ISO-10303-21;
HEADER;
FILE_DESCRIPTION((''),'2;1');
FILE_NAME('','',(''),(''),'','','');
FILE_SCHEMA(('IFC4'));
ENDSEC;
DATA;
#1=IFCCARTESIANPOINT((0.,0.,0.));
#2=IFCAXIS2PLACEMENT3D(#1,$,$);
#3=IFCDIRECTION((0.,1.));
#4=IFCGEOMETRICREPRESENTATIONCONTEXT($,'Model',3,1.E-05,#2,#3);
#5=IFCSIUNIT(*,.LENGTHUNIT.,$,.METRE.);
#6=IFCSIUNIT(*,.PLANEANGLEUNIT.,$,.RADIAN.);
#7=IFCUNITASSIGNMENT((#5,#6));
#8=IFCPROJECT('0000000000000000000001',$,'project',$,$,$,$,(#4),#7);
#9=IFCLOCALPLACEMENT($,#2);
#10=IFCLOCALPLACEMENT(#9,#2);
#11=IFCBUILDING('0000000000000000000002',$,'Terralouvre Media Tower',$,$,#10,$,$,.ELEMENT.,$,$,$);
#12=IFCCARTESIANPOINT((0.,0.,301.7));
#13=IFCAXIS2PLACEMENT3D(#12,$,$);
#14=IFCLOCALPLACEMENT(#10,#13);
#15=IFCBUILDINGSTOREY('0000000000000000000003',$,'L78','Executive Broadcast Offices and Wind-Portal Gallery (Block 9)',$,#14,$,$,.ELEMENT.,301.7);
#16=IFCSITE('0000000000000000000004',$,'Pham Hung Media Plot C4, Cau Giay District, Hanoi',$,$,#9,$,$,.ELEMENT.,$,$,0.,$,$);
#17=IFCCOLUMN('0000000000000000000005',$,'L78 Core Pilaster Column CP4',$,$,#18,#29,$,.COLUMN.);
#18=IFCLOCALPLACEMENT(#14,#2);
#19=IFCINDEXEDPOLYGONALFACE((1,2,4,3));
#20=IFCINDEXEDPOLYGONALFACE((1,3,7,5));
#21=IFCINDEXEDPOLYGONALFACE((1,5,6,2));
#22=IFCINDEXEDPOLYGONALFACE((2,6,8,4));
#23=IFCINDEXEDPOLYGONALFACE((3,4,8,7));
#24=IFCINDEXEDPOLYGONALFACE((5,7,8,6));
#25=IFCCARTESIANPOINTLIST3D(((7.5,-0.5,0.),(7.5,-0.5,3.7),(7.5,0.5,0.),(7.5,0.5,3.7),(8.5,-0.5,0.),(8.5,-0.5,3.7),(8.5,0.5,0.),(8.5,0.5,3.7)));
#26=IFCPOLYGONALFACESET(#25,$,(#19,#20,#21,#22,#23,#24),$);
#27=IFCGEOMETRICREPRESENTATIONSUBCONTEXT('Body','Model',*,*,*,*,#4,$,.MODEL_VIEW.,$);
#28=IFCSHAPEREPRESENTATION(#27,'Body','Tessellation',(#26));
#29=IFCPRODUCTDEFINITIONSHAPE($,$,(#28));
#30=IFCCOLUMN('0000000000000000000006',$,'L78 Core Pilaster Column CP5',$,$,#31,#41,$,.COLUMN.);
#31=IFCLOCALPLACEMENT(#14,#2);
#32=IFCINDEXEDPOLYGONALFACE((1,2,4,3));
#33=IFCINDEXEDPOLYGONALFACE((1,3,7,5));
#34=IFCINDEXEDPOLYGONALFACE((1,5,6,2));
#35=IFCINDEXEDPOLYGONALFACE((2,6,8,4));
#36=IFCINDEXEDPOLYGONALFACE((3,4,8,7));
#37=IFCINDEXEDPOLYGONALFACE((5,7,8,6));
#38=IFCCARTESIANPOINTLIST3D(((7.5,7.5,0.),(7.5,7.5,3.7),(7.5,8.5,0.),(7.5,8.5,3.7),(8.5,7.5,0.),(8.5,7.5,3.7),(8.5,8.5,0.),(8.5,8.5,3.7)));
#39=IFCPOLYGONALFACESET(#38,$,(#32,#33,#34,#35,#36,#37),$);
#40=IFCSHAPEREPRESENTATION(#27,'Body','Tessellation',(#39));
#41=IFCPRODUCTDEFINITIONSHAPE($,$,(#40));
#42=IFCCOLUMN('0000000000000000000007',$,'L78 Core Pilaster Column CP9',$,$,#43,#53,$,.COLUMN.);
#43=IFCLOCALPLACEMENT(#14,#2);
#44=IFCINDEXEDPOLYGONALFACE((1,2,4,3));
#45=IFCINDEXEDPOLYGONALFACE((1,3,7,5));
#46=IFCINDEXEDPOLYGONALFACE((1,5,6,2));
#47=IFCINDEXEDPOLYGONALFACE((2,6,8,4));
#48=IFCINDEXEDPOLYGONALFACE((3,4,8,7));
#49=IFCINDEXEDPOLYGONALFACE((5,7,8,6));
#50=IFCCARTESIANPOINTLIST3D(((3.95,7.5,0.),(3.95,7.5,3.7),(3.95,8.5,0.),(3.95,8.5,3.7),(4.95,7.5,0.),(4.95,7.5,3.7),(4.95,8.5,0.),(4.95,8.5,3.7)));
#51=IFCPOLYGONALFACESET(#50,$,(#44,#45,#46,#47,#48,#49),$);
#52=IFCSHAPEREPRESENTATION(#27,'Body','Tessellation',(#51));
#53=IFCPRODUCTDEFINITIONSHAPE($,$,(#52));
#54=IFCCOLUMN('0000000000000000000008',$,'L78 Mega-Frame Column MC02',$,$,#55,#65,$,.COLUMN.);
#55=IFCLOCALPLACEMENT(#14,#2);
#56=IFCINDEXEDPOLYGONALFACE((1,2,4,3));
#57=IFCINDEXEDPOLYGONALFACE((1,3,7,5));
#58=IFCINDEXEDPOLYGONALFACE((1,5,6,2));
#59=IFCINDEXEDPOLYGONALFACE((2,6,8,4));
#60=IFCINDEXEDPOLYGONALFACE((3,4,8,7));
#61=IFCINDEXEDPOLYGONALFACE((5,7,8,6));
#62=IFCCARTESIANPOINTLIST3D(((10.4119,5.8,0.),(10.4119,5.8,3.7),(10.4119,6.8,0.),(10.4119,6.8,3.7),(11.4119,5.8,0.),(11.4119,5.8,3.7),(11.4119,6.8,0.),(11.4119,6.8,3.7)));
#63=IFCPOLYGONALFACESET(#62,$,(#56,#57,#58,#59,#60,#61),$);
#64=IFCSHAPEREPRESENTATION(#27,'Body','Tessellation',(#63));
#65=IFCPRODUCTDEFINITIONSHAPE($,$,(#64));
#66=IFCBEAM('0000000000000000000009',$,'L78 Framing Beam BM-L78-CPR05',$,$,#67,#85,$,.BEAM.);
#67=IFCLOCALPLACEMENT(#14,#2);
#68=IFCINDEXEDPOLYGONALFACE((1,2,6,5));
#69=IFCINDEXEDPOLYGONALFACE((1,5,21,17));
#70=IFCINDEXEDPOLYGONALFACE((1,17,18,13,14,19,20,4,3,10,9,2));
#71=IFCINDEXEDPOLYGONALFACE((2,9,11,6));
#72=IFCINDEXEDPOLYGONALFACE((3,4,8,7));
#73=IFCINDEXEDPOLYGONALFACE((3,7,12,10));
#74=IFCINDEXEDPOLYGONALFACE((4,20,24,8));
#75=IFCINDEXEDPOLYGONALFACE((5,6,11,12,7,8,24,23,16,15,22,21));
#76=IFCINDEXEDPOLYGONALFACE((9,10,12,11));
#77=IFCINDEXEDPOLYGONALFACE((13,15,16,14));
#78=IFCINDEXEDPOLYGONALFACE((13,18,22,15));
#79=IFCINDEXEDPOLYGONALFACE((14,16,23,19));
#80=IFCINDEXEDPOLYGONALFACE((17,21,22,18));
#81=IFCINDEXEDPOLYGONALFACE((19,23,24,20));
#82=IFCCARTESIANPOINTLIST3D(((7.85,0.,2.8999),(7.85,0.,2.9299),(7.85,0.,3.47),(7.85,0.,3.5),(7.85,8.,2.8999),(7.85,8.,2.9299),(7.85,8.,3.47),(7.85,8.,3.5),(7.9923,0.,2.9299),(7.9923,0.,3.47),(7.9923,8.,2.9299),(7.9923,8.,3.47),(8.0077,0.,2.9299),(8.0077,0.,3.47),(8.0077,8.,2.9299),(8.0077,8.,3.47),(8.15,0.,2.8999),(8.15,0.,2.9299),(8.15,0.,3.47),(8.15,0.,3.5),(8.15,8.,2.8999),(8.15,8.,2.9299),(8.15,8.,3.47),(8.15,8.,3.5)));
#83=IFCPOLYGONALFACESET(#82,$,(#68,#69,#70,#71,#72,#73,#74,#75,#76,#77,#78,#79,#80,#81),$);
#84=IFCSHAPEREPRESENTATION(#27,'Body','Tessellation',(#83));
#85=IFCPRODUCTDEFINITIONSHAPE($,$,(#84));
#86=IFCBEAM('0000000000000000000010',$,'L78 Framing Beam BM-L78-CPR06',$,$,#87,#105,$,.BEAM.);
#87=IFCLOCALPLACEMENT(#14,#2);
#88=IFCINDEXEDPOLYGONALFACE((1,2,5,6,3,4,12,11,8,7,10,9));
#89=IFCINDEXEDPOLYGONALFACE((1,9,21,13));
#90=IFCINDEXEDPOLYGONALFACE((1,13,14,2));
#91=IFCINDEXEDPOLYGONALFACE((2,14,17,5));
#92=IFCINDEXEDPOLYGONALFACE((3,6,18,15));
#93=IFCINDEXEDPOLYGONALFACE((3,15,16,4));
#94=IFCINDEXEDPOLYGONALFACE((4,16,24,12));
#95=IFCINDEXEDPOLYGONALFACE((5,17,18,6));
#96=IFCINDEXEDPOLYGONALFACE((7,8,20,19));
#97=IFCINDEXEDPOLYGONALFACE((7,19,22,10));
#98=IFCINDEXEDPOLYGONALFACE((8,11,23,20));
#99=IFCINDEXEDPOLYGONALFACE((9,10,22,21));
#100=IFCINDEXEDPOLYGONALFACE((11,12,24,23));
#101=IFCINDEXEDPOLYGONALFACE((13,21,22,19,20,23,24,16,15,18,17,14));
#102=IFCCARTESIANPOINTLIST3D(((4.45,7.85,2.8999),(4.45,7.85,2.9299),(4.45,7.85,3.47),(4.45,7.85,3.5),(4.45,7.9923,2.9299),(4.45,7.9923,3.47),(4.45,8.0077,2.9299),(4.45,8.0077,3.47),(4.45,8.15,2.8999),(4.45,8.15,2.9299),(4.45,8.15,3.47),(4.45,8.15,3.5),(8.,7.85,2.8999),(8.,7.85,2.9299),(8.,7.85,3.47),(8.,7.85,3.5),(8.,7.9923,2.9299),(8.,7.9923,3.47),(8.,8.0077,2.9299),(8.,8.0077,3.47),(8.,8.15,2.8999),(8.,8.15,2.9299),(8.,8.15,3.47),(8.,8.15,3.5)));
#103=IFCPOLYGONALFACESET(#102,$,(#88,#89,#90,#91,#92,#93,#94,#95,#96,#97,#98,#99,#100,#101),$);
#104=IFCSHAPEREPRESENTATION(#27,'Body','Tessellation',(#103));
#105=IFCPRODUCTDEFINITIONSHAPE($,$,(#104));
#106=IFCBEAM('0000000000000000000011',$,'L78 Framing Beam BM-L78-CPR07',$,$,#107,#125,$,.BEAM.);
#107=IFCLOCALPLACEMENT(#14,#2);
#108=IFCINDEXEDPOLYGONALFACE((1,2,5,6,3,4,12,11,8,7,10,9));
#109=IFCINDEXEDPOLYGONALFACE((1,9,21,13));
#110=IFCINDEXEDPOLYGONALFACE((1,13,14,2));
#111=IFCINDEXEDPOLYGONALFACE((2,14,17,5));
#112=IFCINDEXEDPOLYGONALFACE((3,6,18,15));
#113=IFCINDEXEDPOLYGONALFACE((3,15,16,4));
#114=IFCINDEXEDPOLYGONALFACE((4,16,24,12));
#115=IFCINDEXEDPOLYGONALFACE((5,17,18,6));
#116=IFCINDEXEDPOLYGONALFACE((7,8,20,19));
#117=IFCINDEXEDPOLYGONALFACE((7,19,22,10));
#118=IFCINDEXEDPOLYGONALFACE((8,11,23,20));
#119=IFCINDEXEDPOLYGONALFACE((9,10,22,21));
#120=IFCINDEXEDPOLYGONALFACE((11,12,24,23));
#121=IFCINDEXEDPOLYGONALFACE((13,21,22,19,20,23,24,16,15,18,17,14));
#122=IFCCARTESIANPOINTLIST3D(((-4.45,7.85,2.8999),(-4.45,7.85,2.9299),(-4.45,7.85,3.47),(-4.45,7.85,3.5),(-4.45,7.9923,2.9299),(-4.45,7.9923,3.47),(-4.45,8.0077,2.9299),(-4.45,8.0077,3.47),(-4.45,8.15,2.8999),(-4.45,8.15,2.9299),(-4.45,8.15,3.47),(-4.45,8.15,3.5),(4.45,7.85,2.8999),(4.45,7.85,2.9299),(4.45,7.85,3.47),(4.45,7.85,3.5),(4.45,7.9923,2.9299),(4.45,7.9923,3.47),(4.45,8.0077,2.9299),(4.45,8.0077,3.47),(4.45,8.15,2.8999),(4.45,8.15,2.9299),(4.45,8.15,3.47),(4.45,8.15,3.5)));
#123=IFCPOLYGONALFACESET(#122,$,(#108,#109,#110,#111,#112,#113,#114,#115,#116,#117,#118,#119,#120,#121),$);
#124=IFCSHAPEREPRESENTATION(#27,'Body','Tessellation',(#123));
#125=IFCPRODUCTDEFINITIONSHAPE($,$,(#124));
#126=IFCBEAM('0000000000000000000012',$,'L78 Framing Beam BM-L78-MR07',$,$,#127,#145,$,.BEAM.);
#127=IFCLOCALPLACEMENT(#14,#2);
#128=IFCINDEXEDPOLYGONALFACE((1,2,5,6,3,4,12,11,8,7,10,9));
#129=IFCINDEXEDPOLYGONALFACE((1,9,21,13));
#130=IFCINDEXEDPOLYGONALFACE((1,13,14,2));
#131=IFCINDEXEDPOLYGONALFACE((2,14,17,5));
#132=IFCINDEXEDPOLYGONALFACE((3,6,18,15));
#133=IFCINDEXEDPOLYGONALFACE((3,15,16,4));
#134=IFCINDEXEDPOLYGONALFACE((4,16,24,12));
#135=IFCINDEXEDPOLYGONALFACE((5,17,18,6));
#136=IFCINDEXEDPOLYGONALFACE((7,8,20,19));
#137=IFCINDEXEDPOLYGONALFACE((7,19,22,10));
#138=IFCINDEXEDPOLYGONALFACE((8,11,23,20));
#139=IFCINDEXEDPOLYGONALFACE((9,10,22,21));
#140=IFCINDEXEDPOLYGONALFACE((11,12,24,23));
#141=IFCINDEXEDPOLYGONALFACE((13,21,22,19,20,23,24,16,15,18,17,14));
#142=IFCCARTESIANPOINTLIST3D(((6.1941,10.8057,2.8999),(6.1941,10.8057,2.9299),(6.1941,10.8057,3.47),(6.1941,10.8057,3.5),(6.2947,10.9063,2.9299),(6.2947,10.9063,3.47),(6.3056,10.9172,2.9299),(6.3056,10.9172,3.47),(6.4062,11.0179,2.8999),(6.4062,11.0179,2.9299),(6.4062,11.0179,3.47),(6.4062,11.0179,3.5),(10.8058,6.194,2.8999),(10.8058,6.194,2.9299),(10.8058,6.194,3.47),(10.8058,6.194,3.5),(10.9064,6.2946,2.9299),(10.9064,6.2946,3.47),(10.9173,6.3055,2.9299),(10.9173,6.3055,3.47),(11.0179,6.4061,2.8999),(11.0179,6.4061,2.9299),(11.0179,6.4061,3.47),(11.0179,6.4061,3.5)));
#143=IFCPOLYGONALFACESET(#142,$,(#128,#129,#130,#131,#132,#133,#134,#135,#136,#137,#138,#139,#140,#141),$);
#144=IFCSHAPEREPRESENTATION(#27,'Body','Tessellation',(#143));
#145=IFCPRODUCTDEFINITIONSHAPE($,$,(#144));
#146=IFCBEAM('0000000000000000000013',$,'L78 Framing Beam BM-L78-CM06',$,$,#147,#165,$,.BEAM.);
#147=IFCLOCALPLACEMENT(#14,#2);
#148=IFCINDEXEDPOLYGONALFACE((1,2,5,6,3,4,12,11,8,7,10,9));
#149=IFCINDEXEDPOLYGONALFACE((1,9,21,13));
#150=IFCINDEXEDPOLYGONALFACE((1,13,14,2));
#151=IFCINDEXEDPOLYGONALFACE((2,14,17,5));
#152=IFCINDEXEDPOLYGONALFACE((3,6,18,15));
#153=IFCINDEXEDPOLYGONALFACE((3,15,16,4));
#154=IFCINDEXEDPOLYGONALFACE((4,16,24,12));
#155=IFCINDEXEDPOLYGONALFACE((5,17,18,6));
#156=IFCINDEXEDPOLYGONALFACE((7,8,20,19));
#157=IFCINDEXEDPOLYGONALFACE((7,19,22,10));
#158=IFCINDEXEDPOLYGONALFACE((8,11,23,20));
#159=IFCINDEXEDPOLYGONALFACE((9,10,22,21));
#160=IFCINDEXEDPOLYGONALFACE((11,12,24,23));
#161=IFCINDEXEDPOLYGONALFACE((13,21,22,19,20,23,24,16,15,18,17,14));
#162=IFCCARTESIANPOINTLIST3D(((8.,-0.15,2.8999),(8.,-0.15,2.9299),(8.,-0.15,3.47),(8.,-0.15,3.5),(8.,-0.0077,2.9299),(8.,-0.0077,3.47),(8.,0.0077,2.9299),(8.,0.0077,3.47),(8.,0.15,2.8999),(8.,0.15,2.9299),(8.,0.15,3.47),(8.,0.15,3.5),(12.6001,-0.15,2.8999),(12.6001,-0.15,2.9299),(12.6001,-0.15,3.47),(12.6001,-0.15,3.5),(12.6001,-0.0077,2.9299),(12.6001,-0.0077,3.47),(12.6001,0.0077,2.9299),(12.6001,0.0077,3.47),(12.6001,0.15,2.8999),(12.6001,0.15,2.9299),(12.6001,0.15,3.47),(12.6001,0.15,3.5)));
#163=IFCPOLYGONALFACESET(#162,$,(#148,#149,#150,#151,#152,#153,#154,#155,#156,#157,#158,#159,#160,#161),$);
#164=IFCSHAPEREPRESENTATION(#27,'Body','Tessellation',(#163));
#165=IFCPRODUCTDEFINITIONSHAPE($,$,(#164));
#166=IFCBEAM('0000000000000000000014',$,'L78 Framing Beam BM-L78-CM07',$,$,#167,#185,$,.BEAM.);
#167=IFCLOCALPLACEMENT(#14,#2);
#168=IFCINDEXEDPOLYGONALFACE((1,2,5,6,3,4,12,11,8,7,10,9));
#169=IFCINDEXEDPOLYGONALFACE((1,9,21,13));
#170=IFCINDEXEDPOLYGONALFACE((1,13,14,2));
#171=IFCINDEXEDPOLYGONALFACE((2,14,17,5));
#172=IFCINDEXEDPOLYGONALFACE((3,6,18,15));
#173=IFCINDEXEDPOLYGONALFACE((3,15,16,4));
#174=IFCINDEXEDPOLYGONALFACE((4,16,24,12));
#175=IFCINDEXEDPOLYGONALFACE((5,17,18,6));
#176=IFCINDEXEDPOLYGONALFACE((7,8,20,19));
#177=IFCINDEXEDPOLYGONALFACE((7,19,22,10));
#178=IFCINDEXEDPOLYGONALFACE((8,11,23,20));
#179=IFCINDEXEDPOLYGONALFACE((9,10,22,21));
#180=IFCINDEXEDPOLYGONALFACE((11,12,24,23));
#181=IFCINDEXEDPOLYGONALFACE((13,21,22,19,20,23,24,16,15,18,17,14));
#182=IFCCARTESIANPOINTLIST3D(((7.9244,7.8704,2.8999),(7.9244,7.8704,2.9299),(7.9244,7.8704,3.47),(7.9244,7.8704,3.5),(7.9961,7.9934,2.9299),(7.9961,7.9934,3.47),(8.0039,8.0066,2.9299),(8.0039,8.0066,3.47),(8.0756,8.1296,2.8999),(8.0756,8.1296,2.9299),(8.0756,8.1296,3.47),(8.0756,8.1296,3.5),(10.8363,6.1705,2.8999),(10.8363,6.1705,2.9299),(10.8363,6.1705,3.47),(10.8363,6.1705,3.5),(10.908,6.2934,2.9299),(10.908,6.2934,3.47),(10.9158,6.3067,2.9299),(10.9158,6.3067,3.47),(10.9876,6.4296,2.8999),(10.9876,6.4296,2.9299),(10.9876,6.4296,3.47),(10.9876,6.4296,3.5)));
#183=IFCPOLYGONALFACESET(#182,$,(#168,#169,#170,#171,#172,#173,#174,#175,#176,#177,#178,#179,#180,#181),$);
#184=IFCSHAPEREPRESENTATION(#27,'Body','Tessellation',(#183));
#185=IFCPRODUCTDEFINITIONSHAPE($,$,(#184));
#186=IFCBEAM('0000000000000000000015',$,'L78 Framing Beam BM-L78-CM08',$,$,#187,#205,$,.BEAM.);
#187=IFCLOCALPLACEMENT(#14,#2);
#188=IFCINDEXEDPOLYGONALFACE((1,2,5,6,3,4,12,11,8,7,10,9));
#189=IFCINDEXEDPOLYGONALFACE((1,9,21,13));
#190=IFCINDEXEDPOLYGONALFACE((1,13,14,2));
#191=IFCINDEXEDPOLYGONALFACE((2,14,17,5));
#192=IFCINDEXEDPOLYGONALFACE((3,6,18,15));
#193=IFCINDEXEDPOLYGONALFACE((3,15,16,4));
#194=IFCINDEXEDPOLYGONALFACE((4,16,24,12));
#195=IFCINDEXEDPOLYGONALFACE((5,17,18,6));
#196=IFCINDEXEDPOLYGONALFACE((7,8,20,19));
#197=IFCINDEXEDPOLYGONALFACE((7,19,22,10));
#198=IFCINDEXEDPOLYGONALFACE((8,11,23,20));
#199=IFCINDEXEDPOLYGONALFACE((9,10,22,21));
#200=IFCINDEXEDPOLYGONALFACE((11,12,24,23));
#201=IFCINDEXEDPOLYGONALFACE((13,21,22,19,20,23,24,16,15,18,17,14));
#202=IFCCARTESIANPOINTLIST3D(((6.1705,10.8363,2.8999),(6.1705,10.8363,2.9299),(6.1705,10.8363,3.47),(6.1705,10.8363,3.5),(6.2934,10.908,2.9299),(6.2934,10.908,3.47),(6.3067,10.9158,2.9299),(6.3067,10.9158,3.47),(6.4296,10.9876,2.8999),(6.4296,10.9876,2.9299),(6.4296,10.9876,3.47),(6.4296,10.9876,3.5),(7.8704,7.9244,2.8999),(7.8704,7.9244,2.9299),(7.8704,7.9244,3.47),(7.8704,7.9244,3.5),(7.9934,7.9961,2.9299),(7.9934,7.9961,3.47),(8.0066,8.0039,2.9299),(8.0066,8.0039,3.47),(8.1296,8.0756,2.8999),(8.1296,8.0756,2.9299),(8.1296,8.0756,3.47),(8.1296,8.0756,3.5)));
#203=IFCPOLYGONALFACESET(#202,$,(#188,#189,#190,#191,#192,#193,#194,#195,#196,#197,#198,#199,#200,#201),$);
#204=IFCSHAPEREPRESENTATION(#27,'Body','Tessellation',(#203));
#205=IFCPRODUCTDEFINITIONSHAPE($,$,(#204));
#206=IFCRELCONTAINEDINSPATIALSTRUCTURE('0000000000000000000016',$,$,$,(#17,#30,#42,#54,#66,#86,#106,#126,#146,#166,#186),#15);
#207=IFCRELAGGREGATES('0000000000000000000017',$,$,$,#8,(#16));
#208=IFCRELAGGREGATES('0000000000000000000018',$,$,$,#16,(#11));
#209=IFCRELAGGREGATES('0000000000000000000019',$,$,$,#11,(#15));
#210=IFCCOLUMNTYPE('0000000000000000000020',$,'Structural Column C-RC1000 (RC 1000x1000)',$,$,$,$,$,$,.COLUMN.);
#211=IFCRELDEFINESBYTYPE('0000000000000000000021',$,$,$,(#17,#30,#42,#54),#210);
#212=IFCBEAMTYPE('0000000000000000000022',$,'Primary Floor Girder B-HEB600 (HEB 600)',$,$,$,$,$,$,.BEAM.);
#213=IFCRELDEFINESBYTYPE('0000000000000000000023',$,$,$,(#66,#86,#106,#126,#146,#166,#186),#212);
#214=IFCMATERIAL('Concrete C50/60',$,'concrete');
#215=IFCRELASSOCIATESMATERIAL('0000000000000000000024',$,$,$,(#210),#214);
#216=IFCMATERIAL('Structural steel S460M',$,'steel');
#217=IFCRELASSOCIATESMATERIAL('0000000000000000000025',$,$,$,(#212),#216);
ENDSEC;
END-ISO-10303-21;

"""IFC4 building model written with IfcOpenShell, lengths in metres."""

from ifc_helpers import new_model, si_unit, direction, frame, origin, origin_2d, place, context, subcontext, project, spatial, rectangle, i_section, extrude, material, material_profile, profile_set, type_object, element, save


model = new_model("IFC4")

# Units and contexts
model_context = context("Model", 3, precision=1e-05, world=origin(), true_north=direction((0.0, 1.0)))
body_context = subcontext(model_context, "Body", "Model", "MODEL_VIEW")
ifc_project = project(units=[si_unit("LENGTHUNIT", "METRE"), si_unit("PLANEANGLEUNIT", "RADIAN")], contexts=[model_context])

# Site, building, storey
site_placement = place(None, origin())
site = spatial("IfcSite", under=ifc_project, at=site_placement, Name="Pham Hung Media Plot C4, Cau Giay District, Hanoi", CompositionType="ELEMENT", RefElevation=0.0)
building_placement = place(site_placement, origin())
building = spatial("IfcBuilding", under=site, at=building_placement, Name="Terralouvre Media Tower", CompositionType="ELEMENT")
storey_placement = place(building_placement, frame((0.0, 0.0, 301.7)))
storey = spatial("IfcBuildingStorey", under=building, at=storey_placement, Name="L78", Description="Executive Broadcast Offices and Wind-Portal Gallery (Block 9)", CompositionType="ELEMENT", Elevation=301.7)

# Columns
ifc_material_1 = material(Name="Concrete C50/60", Category="concrete")
ifc_material_profile_1 = material_profile(ifc_material_1, rectangle(XDim=1.0, YDim=1.0, at=origin_2d()), Name="RC 1000x1000")
ifc_profile_set_1 = profile_set([ifc_material_profile_1], Name="Concrete C50/60")
column_type = type_object("IfcColumnType", Name="Structural Column C-RC1000 (RC 1000x1000)", PredefinedType="COLUMN", material=ifc_profile_set_1)
for number, where, z_axis, x_axis, name in (
    (1, (8.0, 0.0, 0.0), (0.0, 0.0, 1.0), (1.0, 0.0, 0.0), "L78 Core Pilaster Column CP4"),
    (2, (8.0, 8.0, 0.0), (0.0, 0.0, 1.0), (1.0, 0.0, 0.0), "L78 Core Pilaster Column CP5"),
    (3, (4.45, 8.0, 0.0), (0.0, 0.0, 1.0), (1.0, 0.0, 0.0), "L78 Core Pilaster Column CP9"),
    (4, (10.9119, 6.3, 0.0), (0.0, 0.0, 1.0), (1.0, 0.0, 0.0), "L78 Mega-Frame Column MC02"),
):
    element("IfcColumn", number, at=place(storey_placement, frame(where, z_axis=z_axis, x_axis=x_axis)), inside=storey, type_object=column_type, Name=name, PredefinedType="COLUMN", context=body_context, shape_type="SweptSolid", body=[
        extrude(rectangle(XDim=1.0, YDim=1.0, at=origin_2d()), origin(), (0.0, 0.0, 1.0), 3.7),
    ])

# Beams
ifc_material_2 = material(Name="Structural steel S460M", Category="steel")
ifc_material_profile_2 = material_profile(ifc_material_2, i_section(OverallWidth=0.3, OverallDepth=0.6001, WebThickness=0.0154, FlangeThickness=0.03, at=origin_2d()), Name="HEB 600")
ifc_profile_set_2 = profile_set([ifc_material_profile_2], Name="Structural steel S460M")
beam_type = type_object("IfcBeamType", Name="Primary Floor Girder B-HEB600 (HEB 600)", PredefinedType="BEAM", material=ifc_profile_set_2)
beam_1_placement = place(storey_placement, frame((8.0, 0.0, 3.2), z_axis=(0.0, 1.0, 0.0), x_axis=(-1.0, 0.0, 0.0)))
element("IfcBeam", 5, at=beam_1_placement, inside=storey, type_object=beam_type, Name="L78 Framing Beam BM-L78-CPR05", PredefinedType="BEAM", context=body_context, shape_type="SweptSolid", body=[
    extrude(i_section(OverallWidth=0.3, OverallDepth=0.6001, WebThickness=0.0154, FlangeThickness=0.03, at=origin_2d()), origin(), (0.0, 0.0, 1.0), 8.0),
])
beam_2_placement = place(storey_placement, frame((8.0, 8.0, 3.2), z_axis=(-1.0, 0.0, 0.0), x_axis=(0.0, -1.0, 0.0)))
element("IfcBeam", 6, at=beam_2_placement, inside=storey, type_object=beam_type, Name="L78 Framing Beam BM-L78-CPR06", PredefinedType="BEAM", context=body_context, shape_type="SweptSolid", body=[
    extrude(i_section(OverallWidth=0.3, OverallDepth=0.6001, WebThickness=0.0154, FlangeThickness=0.03, at=origin_2d()), origin(), (0.0, 0.0, 1.0), 3.55),
])
beam_3_placement = place(storey_placement, frame((4.45, 8.0, 3.2), z_axis=(-1.0, 0.0, 0.0), x_axis=(0.0, -1.0, 0.0)))
element("IfcBeam", 7, at=beam_3_placement, inside=storey, type_object=beam_type, Name="L78 Framing Beam BM-L78-CPR07", PredefinedType="BEAM", context=body_context, shape_type="SweptSolid", body=[
    extrude(i_section(OverallWidth=0.3, OverallDepth=0.6001, WebThickness=0.0154, FlangeThickness=0.03, at=origin_2d()), origin(), (0.0, 0.0, 1.0), 8.8999),
])
beam_4_placement = place(storey_placement, frame((10.9119, 6.3, 3.2), z_axis=(-0.707107, 0.707107, 0.0), x_axis=(-0.707107, -0.707107, 0.0)))
element("IfcBeam", 8, at=beam_4_placement, inside=storey, type_object=beam_type, Name="L78 Framing Beam BM-L78-MR07", PredefinedType="BEAM", context=body_context, shape_type="SweptSolid", body=[
    extrude(i_section(OverallWidth=0.3, OverallDepth=0.6001, WebThickness=0.0154, FlangeThickness=0.03, at=origin_2d()), origin(), (0.0, 0.0, 1.0), 6.522),
])
beam_5_placement = place(storey_placement, frame((8.0, 0.0, 3.2), z_axis=(1.0, 0.0, 0.0), x_axis=(0.0, 1.0, 0.0)))
element("IfcBeam", 9, at=beam_5_placement, inside=storey, type_object=beam_type, Name="L78 Framing Beam BM-L78-CM06", PredefinedType="BEAM", context=body_context, shape_type="SweptSolid", body=[
    extrude(i_section(OverallWidth=0.3, OverallDepth=0.6001, WebThickness=0.0154, FlangeThickness=0.03, at=origin_2d()), origin(), (0.0, 0.0, 1.0), 4.6001),
])
for number, where, z_axis, x_axis, name in (
    (10, (8.0, 8.0, 3.2), (0.863603, -0.504173, 0.0), (0.504173, 0.863603, 0.0), "L78 Framing Beam BM-L78-CM07"),
    (11, (8.0, 8.0, 3.2), (-0.504173, 0.863603, 0.0), (-0.863603, -0.504173, 0.0), "L78 Framing Beam BM-L78-CM08"),
):
    element("IfcBeam", number, at=place(storey_placement, frame(where, z_axis=z_axis, x_axis=x_axis)), inside=storey, type_object=beam_type, Name=name, PredefinedType="BEAM", context=body_context, shape_type="SweptSolid", body=[
        extrude(i_section(OverallWidth=0.3, OverallDepth=0.6001, WebThickness=0.0154, FlangeThickness=0.03, at=origin_2d()), origin(), (0.0, 0.0, 1.0), 3.3718),
    ])

save(model, "model.ifc")
